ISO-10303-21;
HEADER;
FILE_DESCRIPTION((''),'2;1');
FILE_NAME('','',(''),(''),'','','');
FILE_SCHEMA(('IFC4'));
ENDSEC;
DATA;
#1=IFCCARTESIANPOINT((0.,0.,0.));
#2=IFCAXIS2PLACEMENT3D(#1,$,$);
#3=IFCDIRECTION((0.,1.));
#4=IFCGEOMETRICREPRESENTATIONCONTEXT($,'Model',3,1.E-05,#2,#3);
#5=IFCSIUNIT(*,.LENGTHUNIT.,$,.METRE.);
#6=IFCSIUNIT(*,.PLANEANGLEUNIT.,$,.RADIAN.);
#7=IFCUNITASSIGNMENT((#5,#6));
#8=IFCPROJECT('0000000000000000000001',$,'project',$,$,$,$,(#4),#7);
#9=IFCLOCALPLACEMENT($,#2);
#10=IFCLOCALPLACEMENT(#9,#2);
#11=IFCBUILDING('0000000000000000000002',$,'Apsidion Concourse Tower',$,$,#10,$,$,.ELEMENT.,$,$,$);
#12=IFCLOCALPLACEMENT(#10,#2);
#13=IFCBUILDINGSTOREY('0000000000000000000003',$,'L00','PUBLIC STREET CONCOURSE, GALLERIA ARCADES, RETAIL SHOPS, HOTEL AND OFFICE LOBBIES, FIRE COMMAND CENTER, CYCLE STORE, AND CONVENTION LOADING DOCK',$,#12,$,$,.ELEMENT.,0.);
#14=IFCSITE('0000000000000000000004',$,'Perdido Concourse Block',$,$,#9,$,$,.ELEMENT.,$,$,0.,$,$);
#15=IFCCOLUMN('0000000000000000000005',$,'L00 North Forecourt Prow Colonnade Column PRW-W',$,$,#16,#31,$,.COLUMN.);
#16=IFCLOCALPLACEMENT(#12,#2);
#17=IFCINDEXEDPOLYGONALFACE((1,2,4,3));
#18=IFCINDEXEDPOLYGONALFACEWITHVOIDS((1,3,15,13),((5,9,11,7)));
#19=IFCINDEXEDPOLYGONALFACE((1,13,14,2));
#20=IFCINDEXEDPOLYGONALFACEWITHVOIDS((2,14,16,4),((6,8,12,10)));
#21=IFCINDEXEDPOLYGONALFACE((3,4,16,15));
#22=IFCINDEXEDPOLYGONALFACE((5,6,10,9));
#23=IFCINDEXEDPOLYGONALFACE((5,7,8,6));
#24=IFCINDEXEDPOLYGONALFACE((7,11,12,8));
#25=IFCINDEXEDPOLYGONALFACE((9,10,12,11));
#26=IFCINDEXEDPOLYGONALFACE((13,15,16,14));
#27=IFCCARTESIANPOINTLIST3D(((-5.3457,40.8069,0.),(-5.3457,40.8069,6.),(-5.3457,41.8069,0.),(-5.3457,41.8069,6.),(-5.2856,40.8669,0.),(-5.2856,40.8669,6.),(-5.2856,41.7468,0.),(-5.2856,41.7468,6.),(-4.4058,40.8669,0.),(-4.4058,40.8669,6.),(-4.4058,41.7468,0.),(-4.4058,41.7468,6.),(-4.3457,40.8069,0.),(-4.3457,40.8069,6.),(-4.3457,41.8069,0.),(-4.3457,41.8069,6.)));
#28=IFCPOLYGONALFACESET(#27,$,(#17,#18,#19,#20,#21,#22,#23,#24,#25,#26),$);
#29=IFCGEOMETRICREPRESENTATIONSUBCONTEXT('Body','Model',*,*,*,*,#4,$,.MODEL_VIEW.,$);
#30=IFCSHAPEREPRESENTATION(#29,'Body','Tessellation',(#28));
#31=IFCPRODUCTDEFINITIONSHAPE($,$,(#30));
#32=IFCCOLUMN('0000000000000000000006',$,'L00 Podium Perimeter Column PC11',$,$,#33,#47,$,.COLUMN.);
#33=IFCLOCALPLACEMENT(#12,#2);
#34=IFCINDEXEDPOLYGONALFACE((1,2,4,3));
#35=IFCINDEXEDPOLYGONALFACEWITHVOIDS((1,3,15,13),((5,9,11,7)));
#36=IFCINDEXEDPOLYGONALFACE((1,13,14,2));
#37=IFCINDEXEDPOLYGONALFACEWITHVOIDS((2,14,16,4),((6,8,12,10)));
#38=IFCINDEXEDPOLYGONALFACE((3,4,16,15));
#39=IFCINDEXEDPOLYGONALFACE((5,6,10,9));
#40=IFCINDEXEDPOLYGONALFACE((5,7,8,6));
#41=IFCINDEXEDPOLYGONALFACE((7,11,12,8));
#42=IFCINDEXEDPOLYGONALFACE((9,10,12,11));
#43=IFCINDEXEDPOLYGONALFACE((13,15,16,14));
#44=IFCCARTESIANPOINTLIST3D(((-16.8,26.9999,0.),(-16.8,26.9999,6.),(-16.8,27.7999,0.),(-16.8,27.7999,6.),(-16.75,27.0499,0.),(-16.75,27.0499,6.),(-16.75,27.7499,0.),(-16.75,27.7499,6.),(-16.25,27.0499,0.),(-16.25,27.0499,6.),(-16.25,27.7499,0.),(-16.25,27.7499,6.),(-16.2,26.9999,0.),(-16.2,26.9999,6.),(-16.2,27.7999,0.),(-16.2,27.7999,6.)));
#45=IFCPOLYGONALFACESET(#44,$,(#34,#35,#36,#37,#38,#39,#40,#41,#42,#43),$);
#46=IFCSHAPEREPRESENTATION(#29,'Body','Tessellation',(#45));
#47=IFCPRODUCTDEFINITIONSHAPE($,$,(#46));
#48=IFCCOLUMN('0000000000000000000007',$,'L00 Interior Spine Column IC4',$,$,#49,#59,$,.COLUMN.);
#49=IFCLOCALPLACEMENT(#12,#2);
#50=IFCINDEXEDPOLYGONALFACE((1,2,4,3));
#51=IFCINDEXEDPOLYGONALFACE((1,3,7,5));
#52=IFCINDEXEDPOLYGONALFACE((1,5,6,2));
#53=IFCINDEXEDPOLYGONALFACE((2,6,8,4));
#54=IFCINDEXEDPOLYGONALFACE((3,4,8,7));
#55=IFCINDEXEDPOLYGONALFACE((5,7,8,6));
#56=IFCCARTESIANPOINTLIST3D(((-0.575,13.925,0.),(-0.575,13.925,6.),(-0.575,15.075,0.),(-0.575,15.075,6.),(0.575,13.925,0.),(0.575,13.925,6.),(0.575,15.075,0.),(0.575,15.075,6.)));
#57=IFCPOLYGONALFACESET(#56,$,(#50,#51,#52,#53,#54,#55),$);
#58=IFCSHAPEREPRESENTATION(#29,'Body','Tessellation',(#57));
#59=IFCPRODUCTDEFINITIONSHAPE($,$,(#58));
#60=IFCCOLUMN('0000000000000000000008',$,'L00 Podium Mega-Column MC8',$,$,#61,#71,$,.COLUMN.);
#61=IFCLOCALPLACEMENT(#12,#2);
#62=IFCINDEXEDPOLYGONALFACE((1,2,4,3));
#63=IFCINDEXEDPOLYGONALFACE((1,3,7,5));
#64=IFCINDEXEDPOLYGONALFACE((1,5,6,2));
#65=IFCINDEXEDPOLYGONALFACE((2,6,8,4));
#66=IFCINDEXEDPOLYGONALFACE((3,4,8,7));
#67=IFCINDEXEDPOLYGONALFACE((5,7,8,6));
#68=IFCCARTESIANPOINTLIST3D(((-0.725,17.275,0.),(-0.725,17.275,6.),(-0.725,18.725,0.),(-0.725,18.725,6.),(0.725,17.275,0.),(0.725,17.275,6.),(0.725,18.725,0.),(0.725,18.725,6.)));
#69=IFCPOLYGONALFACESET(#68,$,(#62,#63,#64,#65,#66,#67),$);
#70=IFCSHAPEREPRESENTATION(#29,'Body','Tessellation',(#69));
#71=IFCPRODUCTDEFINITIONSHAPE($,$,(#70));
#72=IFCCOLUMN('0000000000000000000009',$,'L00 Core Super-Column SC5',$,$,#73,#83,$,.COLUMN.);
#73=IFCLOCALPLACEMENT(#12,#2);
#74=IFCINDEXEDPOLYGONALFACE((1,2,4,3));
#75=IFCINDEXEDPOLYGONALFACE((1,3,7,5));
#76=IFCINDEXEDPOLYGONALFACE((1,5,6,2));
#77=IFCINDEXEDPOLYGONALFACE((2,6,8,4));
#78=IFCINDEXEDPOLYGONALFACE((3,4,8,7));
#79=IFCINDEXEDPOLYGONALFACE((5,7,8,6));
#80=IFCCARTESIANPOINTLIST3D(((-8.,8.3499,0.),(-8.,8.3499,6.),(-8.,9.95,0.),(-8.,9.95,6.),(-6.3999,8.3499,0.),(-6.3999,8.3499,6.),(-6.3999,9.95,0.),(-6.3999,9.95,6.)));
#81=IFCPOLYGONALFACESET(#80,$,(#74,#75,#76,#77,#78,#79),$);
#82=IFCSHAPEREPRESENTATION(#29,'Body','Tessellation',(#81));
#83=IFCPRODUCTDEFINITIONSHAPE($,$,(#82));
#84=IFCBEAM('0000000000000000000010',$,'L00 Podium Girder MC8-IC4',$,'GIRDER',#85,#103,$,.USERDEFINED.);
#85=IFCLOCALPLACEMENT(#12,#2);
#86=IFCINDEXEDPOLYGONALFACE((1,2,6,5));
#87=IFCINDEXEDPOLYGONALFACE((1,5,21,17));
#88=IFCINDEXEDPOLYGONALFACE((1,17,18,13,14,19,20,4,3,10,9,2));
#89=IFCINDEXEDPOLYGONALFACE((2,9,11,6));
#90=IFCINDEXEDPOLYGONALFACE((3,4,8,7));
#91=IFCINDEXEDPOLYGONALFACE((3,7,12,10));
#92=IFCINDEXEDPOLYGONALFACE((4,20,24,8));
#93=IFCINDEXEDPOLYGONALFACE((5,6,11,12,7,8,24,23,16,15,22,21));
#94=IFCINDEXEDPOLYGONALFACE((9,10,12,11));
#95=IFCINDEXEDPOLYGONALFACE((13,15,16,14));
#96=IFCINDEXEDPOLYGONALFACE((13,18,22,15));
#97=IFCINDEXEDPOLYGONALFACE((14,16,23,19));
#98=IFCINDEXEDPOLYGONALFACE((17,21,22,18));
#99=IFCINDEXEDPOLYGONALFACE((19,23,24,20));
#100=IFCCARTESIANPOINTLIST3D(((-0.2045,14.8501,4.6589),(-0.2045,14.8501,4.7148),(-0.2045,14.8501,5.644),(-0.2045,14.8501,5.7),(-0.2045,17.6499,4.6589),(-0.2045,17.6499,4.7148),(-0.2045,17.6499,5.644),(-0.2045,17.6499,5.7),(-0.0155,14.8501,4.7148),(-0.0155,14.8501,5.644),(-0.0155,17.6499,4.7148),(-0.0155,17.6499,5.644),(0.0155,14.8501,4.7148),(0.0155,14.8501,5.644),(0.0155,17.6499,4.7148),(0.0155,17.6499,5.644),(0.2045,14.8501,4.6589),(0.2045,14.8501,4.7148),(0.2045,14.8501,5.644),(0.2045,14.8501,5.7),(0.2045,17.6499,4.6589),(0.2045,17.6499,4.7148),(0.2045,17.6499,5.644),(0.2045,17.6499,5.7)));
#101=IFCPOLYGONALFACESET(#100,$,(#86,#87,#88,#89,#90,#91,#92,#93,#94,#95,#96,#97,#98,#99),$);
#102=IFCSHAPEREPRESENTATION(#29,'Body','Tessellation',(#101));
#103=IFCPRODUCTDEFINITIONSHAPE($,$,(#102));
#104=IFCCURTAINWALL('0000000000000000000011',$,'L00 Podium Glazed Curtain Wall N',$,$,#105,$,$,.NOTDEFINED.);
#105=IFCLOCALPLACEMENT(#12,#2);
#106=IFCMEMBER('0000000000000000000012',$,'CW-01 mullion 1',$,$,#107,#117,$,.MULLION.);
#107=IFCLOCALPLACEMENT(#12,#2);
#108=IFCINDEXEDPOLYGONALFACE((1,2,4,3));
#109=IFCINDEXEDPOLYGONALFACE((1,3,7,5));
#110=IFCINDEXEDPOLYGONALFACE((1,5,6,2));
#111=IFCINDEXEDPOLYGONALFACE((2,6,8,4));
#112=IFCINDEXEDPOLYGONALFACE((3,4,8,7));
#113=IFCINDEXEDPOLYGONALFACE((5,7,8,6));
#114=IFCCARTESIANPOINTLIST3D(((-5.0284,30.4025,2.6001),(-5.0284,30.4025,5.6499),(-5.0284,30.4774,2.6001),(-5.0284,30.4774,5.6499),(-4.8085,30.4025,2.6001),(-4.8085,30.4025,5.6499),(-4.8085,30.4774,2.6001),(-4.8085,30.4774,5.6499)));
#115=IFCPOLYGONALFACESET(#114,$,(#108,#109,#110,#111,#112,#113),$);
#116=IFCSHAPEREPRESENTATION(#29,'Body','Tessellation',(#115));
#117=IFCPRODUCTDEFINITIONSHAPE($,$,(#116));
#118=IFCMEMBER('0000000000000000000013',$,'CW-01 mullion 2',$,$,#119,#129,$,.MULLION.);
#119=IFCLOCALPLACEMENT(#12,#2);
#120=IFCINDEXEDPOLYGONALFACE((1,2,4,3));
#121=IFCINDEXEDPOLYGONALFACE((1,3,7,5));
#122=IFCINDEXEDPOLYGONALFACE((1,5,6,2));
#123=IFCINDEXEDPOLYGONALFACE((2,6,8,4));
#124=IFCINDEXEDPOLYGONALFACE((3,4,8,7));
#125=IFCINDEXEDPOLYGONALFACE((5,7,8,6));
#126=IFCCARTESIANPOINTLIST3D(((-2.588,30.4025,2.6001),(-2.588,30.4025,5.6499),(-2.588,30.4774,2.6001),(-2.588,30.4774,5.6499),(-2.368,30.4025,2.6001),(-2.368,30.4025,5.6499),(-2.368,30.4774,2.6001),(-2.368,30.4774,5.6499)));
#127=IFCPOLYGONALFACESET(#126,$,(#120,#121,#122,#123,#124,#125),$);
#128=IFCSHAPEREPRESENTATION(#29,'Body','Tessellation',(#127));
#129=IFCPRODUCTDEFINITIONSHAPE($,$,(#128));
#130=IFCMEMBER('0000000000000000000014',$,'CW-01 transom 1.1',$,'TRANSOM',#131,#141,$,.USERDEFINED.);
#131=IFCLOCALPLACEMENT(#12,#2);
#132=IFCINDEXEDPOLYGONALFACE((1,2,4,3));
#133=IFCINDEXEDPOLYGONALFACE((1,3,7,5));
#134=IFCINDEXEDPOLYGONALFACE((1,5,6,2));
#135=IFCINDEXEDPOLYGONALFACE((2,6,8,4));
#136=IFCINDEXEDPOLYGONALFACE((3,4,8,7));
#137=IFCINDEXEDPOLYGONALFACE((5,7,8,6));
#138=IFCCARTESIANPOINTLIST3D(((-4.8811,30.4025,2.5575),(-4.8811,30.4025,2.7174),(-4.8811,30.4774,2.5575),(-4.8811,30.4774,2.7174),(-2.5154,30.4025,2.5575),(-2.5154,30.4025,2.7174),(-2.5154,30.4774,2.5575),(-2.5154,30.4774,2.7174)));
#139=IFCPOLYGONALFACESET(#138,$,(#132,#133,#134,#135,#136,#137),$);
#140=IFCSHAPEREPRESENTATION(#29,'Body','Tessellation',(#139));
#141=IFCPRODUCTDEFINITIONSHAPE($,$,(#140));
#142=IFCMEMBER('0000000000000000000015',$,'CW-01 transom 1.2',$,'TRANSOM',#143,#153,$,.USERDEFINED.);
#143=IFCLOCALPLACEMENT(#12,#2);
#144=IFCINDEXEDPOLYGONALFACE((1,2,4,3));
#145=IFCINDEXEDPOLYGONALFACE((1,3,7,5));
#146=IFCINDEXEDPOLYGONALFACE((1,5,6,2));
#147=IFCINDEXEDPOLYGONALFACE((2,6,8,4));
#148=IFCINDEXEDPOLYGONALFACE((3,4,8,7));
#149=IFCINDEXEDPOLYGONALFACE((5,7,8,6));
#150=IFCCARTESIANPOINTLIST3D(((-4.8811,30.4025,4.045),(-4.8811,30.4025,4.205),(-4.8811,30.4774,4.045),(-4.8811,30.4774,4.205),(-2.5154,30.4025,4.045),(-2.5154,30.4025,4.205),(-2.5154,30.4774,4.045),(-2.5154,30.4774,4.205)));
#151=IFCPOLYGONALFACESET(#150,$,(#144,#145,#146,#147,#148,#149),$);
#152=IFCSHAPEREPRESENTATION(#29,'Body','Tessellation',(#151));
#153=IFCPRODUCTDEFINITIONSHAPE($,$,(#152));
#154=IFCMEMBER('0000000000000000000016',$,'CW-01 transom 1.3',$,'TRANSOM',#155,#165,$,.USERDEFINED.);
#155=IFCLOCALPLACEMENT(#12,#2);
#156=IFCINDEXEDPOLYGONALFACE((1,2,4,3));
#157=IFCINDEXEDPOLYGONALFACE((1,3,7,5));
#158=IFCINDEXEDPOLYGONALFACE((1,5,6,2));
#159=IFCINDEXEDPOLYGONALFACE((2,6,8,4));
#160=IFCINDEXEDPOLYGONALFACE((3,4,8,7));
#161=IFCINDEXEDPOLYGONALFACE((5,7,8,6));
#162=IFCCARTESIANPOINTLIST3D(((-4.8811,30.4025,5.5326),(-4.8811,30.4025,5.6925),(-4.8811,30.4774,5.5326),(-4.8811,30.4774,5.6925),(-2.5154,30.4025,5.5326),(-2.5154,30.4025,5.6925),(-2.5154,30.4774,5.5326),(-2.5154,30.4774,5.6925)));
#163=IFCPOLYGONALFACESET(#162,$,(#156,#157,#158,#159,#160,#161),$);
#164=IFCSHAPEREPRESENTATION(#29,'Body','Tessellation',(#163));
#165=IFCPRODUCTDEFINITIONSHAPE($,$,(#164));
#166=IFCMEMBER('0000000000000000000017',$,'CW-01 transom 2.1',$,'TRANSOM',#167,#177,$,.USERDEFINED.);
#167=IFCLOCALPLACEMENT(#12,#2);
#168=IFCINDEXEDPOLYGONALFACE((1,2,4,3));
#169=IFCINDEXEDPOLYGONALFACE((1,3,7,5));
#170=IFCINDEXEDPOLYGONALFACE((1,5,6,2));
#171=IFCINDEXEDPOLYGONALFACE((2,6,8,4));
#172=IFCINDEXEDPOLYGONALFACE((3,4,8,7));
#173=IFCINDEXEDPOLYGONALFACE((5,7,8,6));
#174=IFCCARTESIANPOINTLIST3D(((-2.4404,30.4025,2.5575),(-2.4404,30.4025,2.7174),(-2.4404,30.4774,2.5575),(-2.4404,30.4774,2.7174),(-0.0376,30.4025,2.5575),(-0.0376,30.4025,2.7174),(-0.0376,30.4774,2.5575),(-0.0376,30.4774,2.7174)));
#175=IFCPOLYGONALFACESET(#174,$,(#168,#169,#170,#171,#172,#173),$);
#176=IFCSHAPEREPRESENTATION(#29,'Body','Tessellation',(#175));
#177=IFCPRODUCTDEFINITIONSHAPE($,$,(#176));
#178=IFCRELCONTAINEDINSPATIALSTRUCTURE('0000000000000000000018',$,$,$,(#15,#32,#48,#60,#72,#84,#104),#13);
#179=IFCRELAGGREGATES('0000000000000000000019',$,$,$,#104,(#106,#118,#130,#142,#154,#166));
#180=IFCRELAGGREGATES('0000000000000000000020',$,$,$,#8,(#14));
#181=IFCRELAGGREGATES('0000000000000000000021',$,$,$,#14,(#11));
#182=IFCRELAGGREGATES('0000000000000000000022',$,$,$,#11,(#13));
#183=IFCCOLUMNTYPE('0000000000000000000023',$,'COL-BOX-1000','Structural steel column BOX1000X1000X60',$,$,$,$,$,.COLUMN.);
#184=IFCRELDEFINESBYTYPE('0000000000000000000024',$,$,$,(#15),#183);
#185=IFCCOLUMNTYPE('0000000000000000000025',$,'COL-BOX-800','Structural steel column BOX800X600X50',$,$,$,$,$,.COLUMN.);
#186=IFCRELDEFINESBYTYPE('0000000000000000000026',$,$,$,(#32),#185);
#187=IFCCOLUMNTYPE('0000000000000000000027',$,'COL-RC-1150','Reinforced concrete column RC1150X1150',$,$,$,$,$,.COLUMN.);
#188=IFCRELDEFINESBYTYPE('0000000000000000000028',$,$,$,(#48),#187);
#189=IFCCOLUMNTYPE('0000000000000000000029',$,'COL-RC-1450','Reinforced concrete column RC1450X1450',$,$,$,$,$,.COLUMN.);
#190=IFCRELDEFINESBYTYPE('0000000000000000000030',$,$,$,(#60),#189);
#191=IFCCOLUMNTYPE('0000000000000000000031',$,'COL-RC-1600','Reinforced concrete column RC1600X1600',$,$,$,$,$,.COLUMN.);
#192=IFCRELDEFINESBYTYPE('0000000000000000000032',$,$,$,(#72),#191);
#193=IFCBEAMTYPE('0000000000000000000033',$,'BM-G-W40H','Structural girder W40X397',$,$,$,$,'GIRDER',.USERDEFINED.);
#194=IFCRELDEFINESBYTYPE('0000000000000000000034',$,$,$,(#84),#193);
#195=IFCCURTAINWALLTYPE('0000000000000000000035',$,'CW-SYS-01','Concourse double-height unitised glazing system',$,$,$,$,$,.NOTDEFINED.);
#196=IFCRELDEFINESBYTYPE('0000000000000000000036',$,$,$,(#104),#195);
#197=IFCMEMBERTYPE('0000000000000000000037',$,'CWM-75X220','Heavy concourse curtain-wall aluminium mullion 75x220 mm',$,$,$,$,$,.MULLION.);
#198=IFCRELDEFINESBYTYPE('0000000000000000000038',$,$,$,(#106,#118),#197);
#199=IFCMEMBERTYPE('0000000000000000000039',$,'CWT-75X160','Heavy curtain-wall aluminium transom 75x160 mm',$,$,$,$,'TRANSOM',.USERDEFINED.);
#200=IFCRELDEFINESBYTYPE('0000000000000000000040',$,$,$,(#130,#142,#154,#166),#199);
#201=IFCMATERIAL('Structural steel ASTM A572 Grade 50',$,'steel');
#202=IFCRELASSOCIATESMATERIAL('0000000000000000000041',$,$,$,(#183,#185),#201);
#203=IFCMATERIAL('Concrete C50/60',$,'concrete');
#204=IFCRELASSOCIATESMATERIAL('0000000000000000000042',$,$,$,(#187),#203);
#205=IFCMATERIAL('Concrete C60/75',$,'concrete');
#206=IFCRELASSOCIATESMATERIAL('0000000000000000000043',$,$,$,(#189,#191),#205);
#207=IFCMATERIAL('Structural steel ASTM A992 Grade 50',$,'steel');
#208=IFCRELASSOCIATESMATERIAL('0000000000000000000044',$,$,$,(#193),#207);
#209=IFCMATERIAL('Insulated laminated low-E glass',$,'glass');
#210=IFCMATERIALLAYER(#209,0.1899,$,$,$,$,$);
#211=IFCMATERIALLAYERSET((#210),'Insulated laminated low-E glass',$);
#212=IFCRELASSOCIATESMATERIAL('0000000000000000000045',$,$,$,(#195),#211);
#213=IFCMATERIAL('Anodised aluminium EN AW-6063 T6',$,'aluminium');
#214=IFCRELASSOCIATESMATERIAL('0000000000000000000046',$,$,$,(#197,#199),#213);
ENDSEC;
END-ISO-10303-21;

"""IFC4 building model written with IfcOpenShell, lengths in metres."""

from ifc_helpers import new_model, si_unit, direction, frame, origin, origin_2d, place, context, subcontext, project, spatial, rectangle, hollow_rectangle, i_section, extrude, material, layer, layer_set, material_profile, profile_set, type_object, element, aggregate, save


model = new_model("IFC4")

# Units and contexts
model_context = context("Model", 3, precision=1e-05, world=origin(), true_north=direction((0.0, 1.0)))
body_context = subcontext(model_context, "Body", "Model", "MODEL_VIEW")
ifc_project = project(units=[si_unit("LENGTHUNIT", "METRE"), si_unit("PLANEANGLEUNIT", "RADIAN")], contexts=[model_context])

# Site, building, storey
site_placement = place(None, origin())
site = spatial("IfcSite", under=ifc_project, at=site_placement, Name="Perdido Concourse Block", CompositionType="ELEMENT", RefElevation=0.0)
building_placement = place(site_placement, origin())
building = spatial("IfcBuilding", under=site, at=building_placement, Name="Apsidion Concourse Tower", CompositionType="ELEMENT")
storey_placement = place(building_placement, origin())
storey = spatial("IfcBuildingStorey", under=building, at=storey_placement, Name="L00", Description="PUBLIC STREET CONCOURSE, GALLERIA ARCADES, RETAIL SHOPS, HOTEL AND OFFICE LOBBIES, FIRE COMMAND CENTER, CYCLE STORE, AND CONVENTION LOADING DOCK", CompositionType="ELEMENT", Elevation=0.0)

# Columns
ifc_material_1 = material(Name="Structural steel ASTM A572 Grade 50", Category="steel")
ifc_material_profile_1 = material_profile(ifc_material_1, hollow_rectangle(XDim=1.0, YDim=1.0, WallThickness=0.0601, at=origin_2d()), Name="BOX1000X1000X60")
ifc_profile_set_1 = profile_set([ifc_material_profile_1], Name="Structural steel ASTM A572 Grade 50")
column_type_1 = type_object("IfcColumnType", Name="COL-BOX-1000", Description="Structural steel column BOX1000X1000X60", PredefinedType="COLUMN", material=ifc_profile_set_1)
column_1_placement = place(storey_placement, frame((-4.8457, 41.3069, 0.0), z_axis=(0.0, 0.0, 1.0), x_axis=(1.0, 0.0, 0.0)))
element("IfcColumn", 1, at=column_1_placement, inside=storey, type_object=column_type_1, Name="L00 North Forecourt Prow Colonnade Column PRW-W", PredefinedType="COLUMN", context=body_context, shape_type="SweptSolid", body=[
    extrude(hollow_rectangle(XDim=1.0, YDim=1.0, WallThickness=0.0601, at=origin_2d()), origin(), (0.0, 0.0, 1.0), 6.0),
])
ifc_material_profile_2 = material_profile(ifc_material_1, hollow_rectangle(XDim=0.6001, YDim=0.8, WallThickness=0.05, at=origin_2d()), Name="BOX800X600X50")
ifc_profile_set_2 = profile_set([ifc_material_profile_2], Name="Structural steel ASTM A572 Grade 50")
column_type_2 = type_object("IfcColumnType", Name="COL-BOX-800", Description="Structural steel column BOX800X600X50", PredefinedType="COLUMN", material=ifc_profile_set_2)
column_2_placement = place(storey_placement, frame((-16.5, 27.3999, 0.0), z_axis=(0.0, 0.0, 1.0), x_axis=(1.0, 0.0, 0.0)))
element("IfcColumn", 2, at=column_2_placement, inside=storey, type_object=column_type_2, Name="L00 Podium Perimeter Column PC11", PredefinedType="COLUMN", context=body_context, shape_type="SweptSolid", body=[
    extrude(hollow_rectangle(XDim=0.6001, YDim=0.8, WallThickness=0.05, at=origin_2d()), origin(), (0.0, 0.0, 1.0), 6.0),
])
ifc_material_2 = material(Name="Concrete C50/60", Category="concrete")
ifc_material_profile_3 = material_profile(ifc_material_2, rectangle(XDim=1.1499, YDim=1.1499, at=origin_2d()), Name="RC 1150x1150")
ifc_profile_set_3 = profile_set([ifc_material_profile_3], Name="Concrete C50/60")
column_type_3 = type_object("IfcColumnType", Name="COL-RC-1150", Description="Reinforced concrete column RC1150X1150", PredefinedType="COLUMN", material=ifc_profile_set_3)
column_3_placement = place(storey_placement, frame((0.0, 14.5, 0.0), z_axis=(0.0, 0.0, 1.0), x_axis=(1.0, 0.0, 0.0)))
element("IfcColumn", 3, at=column_3_placement, inside=storey, type_object=column_type_3, Name="L00 Interior Spine Column IC4", PredefinedType="COLUMN", context=body_context, shape_type="SweptSolid", body=[
    extrude(rectangle(XDim=1.1499, YDim=1.1499, at=origin_2d()), origin(), (0.0, 0.0, 1.0), 6.0),
])
ifc_material_3 = material(Name="Concrete C60/75", Category="concrete")
ifc_material_profile_4 = material_profile(ifc_material_3, rectangle(XDim=1.45, YDim=1.45, at=origin_2d()), Name="RC 1450x1450")
ifc_profile_set_4 = profile_set([ifc_material_profile_4], Name="Concrete C60/75")
column_type_4 = type_object("IfcColumnType", Name="COL-RC-1450", Description="Reinforced concrete column RC1450X1450", PredefinedType="COLUMN", material=ifc_profile_set_4)
column_4_placement = place(storey_placement, frame((0.0, 18.0, 0.0), z_axis=(0.0, 0.0, 1.0), x_axis=(1.0, 0.0, 0.0)))
element("IfcColumn", 4, at=column_4_placement, inside=storey, type_object=column_type_4, Name="L00 Podium Mega-Column MC8", PredefinedType="COLUMN", context=body_context, shape_type="SweptSolid", body=[
    extrude(rectangle(XDim=1.45, YDim=1.45, at=origin_2d()), origin(), (0.0, 0.0, 1.0), 6.0),
])
ifc_material_profile_5 = material_profile(ifc_material_3, rectangle(XDim=1.6001, YDim=1.6001, at=origin_2d()), Name="RC 1600x1600")
ifc_profile_set_5 = profile_set([ifc_material_profile_5], Name="Concrete C60/75")
column_type_5 = type_object("IfcColumnType", Name="COL-RC-1600", Description="Reinforced concrete column RC1600X1600", PredefinedType="COLUMN", material=ifc_profile_set_5)
column_5_placement = place(storey_placement, frame((-7.2, 9.1499, 0.0), z_axis=(0.0, 0.0, 1.0), x_axis=(1.0, 0.0, 0.0)))
element("IfcColumn", 5, at=column_5_placement, inside=storey, type_object=column_type_5, Name="L00 Core Super-Column SC5", PredefinedType="COLUMN", context=body_context, shape_type="SweptSolid", body=[
    extrude(rectangle(XDim=1.6001, YDim=1.6001, at=origin_2d()), origin(), (0.0, 0.0, 1.0), 6.0),
])

# Beam
ifc_material_4 = material(Name="Structural steel ASTM A992 Grade 50", Category="steel")
ifc_material_profile_6 = material_profile(ifc_material_4, i_section(OverallWidth=0.4089, OverallDepth=1.041, WebThickness=0.031, FlangeThickness=0.0559, at=origin_2d()), Name="W40X397")
ifc_profile_set_6 = profile_set([ifc_material_profile_6], Name="Structural steel ASTM A992 Grade 50")
beam_type = type_object("IfcBeamType", Name="BM-G-W40H", Description="Structural girder W40X397", ElementType="GIRDER", PredefinedType="USERDEFINED", material=ifc_profile_set_6)
beam_placement = place(storey_placement, frame((0.0, 17.6499, 5.1794), z_axis=(0.0, -1.0, 0.0), x_axis=(1.0, 0.0, 0.0)))
element("IfcBeam", 6, at=beam_placement, inside=storey, type_object=beam_type, Name="L00 Podium Girder MC8-IC4", ObjectType="GIRDER", PredefinedType="USERDEFINED", context=body_context, shape_type="SweptSolid", body=[
    extrude(i_section(OverallWidth=0.4089, OverallDepth=1.041, WebThickness=0.031, FlangeThickness=0.0559, at=origin_2d()), origin(), (0.0, 0.0, 1.0), 2.7998),
])

# Curtain wall, members
ifc_material_5 = material(Name="Insulated laminated low-E glass", Category="glass")
ifc_layer_1 = layer(ifc_material_5, 0.1899)
ifc_layer_set_1 = layer_set([ifc_layer_1], Name="Insulated laminated low-E glass")
curtain_wall_type = type_object("IfcCurtainWallType", Name="CW-SYS-01", Description="Concourse double-height unitised glazing system", PredefinedType="NOTDEFINED", material=ifc_layer_set_1)
curtain_wall_placement = place(storey_placement, origin())
curtain_wall = element("IfcCurtainWall", 7, at=curtain_wall_placement, inside=storey, type_object=curtain_wall_type, Name="L00 Podium Glazed Curtain Wall N", PredefinedType="NOTDEFINED")
ifc_material_6 = material(Name="Anodised aluminium EN AW-6063 T6", Category="aluminium")
ifc_material_profile_7 = material_profile(ifc_material_6, rectangle(XDim=0.075, YDim=0.22, at=origin_2d()), Name="ALU MULLION 75x220")
ifc_profile_set_7 = profile_set([ifc_material_profile_7], Name="Anodised aluminium EN AW-6063 T6")
member_type_1 = type_object("IfcMemberType", Name="CWM-75X220", Description="Heavy concourse curtain-wall aluminium mullion 75x220 mm", PredefinedType="MULLION", material=ifc_profile_set_7)
member_1_placement = place(storey_placement, frame((-4.9185, 30.4399, 2.6001), z_axis=(0.0, 0.0, 1.0), x_axis=(0.0, 1.0, 0.0)))
member_1 = element("IfcMember", 8, at=member_1_placement, type_object=member_type_1, Name="CW-01 mullion 1", PredefinedType="MULLION", context=body_context, shape_type="SweptSolid", body=[
    extrude(rectangle(XDim=0.075, YDim=0.22, at=origin_2d()), origin(), (0.0, 0.0, 1.0), 3.0498),
])
member_2_placement = place(storey_placement, frame((-2.478, 30.4399, 2.6001), z_axis=(0.0, 0.0, 1.0), x_axis=(0.0, 1.0, 0.0)))
member_2 = element("IfcMember", 9, at=member_2_placement, type_object=member_type_1, Name="CW-01 mullion 2", PredefinedType="MULLION", context=body_context, shape_type="SweptSolid", body=[
    extrude(rectangle(XDim=0.075, YDim=0.22, at=origin_2d()), origin(), (0.0, 0.0, 1.0), 3.0498),
])
ifc_material_profile_8 = material_profile(ifc_material_6, rectangle(XDim=0.075, YDim=0.1599, at=origin_2d()), Name="ALU TRANSOM 75x160")
ifc_profile_set_8 = profile_set([ifc_material_profile_8], Name="Anodised aluminium EN AW-6063 T6")
member_type_2 = type_object("IfcMemberType", Name="CWT-75X160", Description="Heavy curtain-wall aluminium transom 75x160 mm", ElementType="TRANSOM", PredefinedType="USERDEFINED", material=ifc_profile_set_8)
member_3_placement = place(storey_placement, frame((-4.8811, 30.4399, 2.6375), z_axis=(1.0, 0.0, 0.0), x_axis=(0.0, 1.0, 0.0)))
member_3 = element("IfcMember", 10, at=member_3_placement, type_object=member_type_2, Name="CW-01 transom 1.1", ObjectType="TRANSOM", PredefinedType="USERDEFINED", context=body_context, shape_type="SweptSolid", body=[
    extrude(rectangle(XDim=0.075, YDim=0.1599, at=origin_2d()), origin(), (0.0, 0.0, 1.0), 2.3657),
])
member_4_placement = place(storey_placement, frame((-4.8811, 30.4399, 4.125), z_axis=(1.0, 0.0, 0.0), x_axis=(0.0, 1.0, 0.0)))
member_4 = element("IfcMember", 11, at=member_4_placement, type_object=member_type_2, Name="CW-01 transom 1.2", ObjectType="TRANSOM", PredefinedType="USERDEFINED", context=body_context, shape_type="SweptSolid", body=[
    extrude(rectangle(XDim=0.075, YDim=0.1599, at=origin_2d()), origin(), (0.0, 0.0, 1.0), 2.3657),
])
member_5_placement = place(storey_placement, frame((-4.8811, 30.4399, 5.6125), z_axis=(1.0, 0.0, 0.0), x_axis=(0.0, 1.0, 0.0)))
member_5 = element("IfcMember", 12, at=member_5_placement, type_object=member_type_2, Name="CW-01 transom 1.3", ObjectType="TRANSOM", PredefinedType="USERDEFINED", context=body_context, shape_type="SweptSolid", body=[
    extrude(rectangle(XDim=0.075, YDim=0.1599, at=origin_2d()), origin(), (0.0, 0.0, 1.0), 2.3657),
])
member_6_placement = place(storey_placement, frame((-2.4404, 30.4399, 2.6375), z_axis=(1.0, 0.0, 0.0), x_axis=(0.0, 1.0, 0.0)))
member_6 = element("IfcMember", 13, at=member_6_placement, type_object=member_type_2, Name="CW-01 transom 2.1", ObjectType="TRANSOM", PredefinedType="USERDEFINED", context=body_context, shape_type="SweptSolid", body=[
    extrude(rectangle(XDim=0.075, YDim=0.1599, at=origin_2d()), origin(), (0.0, 0.0, 1.0), 2.4028),
])
aggregate(curtain_wall, [member_1, member_2, member_3, member_4, member_5, member_6])

save(model, "model.ifc")
